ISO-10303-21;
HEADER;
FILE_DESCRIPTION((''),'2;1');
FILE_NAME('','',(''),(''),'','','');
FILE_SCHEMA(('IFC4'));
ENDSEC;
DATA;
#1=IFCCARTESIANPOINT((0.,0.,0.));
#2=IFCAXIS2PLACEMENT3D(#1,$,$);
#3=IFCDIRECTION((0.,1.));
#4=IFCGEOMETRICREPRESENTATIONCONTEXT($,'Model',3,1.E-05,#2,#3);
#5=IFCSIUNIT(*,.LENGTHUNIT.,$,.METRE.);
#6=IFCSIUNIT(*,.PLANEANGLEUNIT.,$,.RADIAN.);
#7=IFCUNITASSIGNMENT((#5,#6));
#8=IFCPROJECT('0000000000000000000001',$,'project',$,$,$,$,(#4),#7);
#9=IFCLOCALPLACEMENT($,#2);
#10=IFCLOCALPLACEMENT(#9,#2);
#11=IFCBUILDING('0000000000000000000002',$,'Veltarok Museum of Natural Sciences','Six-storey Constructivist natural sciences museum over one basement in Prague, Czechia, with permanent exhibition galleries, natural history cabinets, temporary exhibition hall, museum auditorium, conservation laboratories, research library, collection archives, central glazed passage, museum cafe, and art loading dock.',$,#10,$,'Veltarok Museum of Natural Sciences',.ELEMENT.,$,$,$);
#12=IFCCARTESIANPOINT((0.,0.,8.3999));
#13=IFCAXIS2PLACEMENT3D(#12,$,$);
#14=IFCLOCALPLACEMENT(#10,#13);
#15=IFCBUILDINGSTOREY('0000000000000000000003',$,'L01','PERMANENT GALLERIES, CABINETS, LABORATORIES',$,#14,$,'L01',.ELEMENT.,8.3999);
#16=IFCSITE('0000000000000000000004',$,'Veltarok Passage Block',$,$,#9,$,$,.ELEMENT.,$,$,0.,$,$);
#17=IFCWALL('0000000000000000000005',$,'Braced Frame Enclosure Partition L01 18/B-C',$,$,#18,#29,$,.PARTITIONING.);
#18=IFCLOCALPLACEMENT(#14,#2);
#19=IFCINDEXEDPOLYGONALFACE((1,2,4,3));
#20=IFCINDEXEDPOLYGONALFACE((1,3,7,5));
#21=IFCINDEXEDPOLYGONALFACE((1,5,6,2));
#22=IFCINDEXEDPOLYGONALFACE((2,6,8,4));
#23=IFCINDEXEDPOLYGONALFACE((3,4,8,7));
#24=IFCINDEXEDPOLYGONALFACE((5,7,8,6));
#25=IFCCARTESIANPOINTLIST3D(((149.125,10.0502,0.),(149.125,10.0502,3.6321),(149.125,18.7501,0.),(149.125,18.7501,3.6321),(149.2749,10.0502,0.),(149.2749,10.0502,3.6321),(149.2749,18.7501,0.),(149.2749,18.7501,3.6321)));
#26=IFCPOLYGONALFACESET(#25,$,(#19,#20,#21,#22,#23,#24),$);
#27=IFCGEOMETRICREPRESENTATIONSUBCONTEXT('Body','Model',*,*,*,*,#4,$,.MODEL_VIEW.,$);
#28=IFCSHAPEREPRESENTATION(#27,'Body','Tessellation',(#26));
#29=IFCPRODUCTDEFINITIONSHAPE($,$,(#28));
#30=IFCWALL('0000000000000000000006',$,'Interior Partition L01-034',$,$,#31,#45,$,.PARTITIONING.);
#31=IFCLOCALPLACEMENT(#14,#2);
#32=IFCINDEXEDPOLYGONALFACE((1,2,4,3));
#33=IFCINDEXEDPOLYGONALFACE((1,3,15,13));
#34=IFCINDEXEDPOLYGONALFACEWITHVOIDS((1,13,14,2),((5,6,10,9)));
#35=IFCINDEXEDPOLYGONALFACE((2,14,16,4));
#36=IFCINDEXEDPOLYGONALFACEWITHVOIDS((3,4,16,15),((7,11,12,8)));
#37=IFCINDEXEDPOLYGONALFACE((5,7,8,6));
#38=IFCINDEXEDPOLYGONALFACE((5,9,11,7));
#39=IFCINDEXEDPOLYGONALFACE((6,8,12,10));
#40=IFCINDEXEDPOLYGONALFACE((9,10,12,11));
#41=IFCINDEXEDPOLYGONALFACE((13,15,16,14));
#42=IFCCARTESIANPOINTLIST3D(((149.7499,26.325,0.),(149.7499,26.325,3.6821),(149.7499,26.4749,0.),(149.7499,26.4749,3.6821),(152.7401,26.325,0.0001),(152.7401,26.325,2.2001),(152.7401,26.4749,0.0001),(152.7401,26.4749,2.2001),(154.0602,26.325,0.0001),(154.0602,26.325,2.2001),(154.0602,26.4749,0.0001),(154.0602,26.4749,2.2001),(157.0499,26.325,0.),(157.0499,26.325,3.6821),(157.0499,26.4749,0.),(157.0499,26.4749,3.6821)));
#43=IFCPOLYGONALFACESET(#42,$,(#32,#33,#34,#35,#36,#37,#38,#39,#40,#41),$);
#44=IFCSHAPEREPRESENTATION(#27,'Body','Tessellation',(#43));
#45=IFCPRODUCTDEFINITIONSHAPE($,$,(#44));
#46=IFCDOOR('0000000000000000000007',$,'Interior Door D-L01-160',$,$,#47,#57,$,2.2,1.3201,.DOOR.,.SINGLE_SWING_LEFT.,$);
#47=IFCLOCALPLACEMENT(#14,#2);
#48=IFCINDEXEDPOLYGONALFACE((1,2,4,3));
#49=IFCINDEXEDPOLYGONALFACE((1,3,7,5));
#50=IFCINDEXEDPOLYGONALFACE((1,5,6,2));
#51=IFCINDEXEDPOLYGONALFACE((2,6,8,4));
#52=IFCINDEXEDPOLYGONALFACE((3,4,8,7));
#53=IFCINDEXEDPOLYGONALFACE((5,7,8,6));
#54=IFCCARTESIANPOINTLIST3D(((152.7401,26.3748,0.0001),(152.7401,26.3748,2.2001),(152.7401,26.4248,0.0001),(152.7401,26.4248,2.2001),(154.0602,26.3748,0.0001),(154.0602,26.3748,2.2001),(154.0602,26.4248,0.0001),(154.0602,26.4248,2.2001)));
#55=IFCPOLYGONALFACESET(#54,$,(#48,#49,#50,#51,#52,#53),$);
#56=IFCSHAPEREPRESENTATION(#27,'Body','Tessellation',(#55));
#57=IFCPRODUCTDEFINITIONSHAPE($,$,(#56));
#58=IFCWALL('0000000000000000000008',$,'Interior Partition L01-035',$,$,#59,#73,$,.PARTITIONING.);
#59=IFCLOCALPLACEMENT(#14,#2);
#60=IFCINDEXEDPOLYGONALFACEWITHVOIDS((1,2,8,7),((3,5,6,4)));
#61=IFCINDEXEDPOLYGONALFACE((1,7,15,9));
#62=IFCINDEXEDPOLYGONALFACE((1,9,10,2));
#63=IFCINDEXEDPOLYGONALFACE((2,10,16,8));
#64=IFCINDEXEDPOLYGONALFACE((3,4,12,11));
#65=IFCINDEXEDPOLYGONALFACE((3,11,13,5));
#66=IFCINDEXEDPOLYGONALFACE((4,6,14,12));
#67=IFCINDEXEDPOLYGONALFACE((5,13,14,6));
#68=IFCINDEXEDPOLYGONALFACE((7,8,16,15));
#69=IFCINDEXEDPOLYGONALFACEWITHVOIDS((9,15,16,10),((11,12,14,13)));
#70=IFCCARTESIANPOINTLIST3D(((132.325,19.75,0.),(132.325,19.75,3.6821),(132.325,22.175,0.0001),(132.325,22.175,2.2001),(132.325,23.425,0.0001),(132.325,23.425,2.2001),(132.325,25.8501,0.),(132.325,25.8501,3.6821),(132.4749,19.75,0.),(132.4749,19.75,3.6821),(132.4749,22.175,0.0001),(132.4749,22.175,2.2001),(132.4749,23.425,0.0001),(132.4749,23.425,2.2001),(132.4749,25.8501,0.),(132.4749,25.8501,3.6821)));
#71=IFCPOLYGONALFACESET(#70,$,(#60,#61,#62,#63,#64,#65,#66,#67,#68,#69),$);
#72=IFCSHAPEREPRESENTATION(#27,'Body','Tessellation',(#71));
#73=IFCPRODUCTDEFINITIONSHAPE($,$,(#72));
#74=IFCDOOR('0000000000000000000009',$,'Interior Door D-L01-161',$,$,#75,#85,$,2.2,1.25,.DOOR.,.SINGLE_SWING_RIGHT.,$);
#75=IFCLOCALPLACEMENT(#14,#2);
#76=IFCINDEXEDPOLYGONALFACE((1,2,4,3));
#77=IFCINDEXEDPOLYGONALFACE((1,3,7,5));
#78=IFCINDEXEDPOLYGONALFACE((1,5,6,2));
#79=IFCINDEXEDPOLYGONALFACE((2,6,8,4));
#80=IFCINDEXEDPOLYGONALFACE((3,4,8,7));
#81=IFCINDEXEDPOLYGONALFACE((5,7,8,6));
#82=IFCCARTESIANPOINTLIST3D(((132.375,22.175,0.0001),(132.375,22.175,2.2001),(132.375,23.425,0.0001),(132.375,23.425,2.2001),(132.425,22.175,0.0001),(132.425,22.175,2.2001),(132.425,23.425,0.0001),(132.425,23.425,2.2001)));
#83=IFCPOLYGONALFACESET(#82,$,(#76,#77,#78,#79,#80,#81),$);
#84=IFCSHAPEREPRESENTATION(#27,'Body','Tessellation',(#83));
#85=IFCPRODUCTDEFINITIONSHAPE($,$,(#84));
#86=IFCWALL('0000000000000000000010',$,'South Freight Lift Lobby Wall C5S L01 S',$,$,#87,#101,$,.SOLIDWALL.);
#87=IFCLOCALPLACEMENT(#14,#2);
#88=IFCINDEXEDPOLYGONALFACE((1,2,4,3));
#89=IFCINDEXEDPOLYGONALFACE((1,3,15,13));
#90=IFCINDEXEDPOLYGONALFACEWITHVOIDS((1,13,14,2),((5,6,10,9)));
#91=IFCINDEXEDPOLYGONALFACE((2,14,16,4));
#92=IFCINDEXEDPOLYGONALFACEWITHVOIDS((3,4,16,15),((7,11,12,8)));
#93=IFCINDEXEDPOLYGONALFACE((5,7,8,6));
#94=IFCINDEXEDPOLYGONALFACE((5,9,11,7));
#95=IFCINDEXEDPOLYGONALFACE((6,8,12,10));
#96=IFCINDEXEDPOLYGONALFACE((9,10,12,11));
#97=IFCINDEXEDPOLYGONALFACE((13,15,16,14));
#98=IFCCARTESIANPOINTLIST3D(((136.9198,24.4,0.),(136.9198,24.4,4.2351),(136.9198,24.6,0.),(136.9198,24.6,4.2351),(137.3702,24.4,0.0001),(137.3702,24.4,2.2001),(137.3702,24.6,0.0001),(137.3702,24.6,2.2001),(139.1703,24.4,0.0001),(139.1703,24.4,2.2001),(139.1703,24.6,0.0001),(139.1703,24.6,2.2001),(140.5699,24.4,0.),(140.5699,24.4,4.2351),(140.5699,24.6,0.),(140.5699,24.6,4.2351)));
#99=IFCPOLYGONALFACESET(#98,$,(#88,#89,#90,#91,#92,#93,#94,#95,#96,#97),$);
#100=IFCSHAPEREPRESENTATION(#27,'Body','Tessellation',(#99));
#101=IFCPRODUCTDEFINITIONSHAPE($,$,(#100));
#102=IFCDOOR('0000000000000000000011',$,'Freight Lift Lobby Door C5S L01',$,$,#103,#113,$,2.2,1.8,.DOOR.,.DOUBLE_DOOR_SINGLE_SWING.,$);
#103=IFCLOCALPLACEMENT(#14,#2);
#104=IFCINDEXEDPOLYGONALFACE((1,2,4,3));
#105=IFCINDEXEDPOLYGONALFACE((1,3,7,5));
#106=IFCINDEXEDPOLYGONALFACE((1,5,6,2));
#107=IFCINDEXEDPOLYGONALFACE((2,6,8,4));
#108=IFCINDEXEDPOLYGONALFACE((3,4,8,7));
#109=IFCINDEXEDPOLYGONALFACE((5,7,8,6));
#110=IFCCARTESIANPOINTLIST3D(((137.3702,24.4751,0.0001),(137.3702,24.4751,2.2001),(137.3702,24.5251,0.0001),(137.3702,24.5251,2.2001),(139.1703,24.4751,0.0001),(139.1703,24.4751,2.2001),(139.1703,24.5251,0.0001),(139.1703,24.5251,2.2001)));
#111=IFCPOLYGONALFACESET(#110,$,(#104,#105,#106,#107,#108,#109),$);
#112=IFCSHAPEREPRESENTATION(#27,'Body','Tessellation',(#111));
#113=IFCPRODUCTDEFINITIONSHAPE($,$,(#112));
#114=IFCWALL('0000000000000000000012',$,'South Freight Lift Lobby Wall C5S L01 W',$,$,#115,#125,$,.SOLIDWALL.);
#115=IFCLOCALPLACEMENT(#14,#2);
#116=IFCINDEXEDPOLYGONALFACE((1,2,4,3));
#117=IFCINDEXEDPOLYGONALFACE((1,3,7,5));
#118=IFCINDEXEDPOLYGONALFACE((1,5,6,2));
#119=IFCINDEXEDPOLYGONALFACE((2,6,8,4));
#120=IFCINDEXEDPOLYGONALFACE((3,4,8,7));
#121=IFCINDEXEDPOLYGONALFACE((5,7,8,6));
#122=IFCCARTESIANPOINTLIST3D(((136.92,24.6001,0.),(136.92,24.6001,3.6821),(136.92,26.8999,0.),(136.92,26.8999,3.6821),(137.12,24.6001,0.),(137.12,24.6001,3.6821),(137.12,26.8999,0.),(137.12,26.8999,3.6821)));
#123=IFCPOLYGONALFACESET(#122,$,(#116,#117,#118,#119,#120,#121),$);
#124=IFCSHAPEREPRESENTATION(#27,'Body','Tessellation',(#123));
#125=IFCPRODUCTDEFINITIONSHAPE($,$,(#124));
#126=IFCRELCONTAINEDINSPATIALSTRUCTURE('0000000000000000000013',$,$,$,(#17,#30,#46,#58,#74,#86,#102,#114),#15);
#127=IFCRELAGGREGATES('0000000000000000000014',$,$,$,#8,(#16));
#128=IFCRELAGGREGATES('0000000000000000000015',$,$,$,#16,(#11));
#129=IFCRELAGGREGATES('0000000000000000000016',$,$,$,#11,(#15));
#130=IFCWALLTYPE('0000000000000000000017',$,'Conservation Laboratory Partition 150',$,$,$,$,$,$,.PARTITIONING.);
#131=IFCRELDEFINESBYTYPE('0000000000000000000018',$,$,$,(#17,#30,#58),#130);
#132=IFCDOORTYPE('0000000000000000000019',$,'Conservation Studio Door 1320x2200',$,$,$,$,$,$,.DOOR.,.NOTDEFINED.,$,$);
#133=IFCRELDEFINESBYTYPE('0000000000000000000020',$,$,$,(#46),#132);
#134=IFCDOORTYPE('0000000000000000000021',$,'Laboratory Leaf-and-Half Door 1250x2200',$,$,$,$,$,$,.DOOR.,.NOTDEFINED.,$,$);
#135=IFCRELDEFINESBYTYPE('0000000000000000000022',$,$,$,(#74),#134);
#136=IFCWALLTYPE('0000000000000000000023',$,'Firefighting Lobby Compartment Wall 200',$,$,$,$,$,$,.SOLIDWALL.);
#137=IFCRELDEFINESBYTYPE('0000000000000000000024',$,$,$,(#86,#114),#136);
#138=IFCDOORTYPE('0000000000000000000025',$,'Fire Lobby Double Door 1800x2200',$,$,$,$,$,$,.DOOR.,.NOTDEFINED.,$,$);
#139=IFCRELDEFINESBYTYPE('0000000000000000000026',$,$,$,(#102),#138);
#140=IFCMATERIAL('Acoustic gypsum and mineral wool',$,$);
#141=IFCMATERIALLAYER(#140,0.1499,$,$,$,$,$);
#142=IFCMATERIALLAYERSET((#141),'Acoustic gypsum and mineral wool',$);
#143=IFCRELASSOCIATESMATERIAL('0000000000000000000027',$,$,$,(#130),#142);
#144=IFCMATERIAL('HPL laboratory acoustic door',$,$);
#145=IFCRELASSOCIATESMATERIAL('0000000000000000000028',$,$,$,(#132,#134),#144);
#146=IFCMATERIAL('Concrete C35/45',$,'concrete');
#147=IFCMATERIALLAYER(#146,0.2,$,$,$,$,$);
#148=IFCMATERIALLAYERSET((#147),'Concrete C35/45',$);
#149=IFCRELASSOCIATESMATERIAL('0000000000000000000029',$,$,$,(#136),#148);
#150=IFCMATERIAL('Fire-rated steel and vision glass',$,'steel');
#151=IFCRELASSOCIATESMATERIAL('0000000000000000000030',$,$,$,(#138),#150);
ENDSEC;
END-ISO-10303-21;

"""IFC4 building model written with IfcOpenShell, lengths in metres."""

from ifc_helpers import new_model, si_unit, direction, frame, frame_2d, origin, place, context, subcontext, project, spatial, rectangle, extrude, material, layer, layer_set, type_object, element, fill, save


model = new_model("IFC4")

# Units and contexts
model_context = context("Model", 3, precision=1e-05, world=origin(), true_north=direction((0.0, 1.0)))
body_context = subcontext(model_context, "Body", "Model", "MODEL_VIEW")
ifc_project = project(units=[si_unit("LENGTHUNIT", "METRE"), si_unit("PLANEANGLEUNIT", "RADIAN")], contexts=[model_context])

# Site, building, storey
site_placement = place(None, origin())
site = spatial("IfcSite", under=ifc_project, at=site_placement, Name="Veltarok Passage Block", CompositionType="ELEMENT", RefElevation=0.0)
building_placement = place(site_placement, origin())
building = spatial("IfcBuilding", under=site, at=building_placement, Name="Veltarok Museum of Natural Sciences", Description="Six-storey Constructivist natural sciences museum over one basement in Prague, Czechia, with permanent exhibition galleries, natural history cabinets, temporary exhibition hall, museum auditorium, conservation laboratories, research library, collection archives, central glazed passage, museum cafe, and art loading dock.", LongName="Veltarok Museum of Natural Sciences", CompositionType="ELEMENT")
storey_placement = place(building_placement, frame((0.0, 0.0, 8.3999)))
storey = spatial("IfcBuildingStorey", under=building, at=storey_placement, Name="L01", Description="PERMANENT GALLERIES, CABINETS, LABORATORIES", LongName="L01", CompositionType="ELEMENT", Elevation=8.3999)

# Wall
ifc_material_1 = material(Name="Acoustic gypsum and mineral wool")
ifc_layer_1 = layer(ifc_material_1, 0.1499)
ifc_layer_set_1 = layer_set([ifc_layer_1], Name="Acoustic gypsum and mineral wool")
wall_type_1 = type_object("IfcWallType", Name="Conservation Laboratory Partition 150", PredefinedType="PARTITIONING", material=ifc_layer_set_1)
wall_1_placement = place(storey_placement, frame((149.2, 10.05, 0.0), z_axis=(0.0, 0.0, 1.0), x_axis=(0.0, 1.0, 0.0)))
element("IfcWall", 1, at=wall_1_placement, inside=storey, type_object=wall_type_1, Name="Braced Frame Enclosure Partition L01 18/B-C", PredefinedType="PARTITIONING", context=body_context, shape_type="SweptSolid", body=[
    extrude(rectangle(XDim=8.7, YDim=0.1499, at=frame_2d((4.3501, 0.0))), origin(), (0.0, 0.0, 1.0), 3.6321),
])

# Walls, openings, doors
wall_2_placement = place(storey_placement, frame((149.75, 26.3999, 0.0), z_axis=(0.0, 0.0, 1.0), x_axis=(1.0, 0.0, 0.0)))
wall_2 = element("IfcWall", 2, at=wall_2_placement, inside=storey, type_object=wall_type_1, Name="Interior Partition L01-034", PredefinedType="PARTITIONING", context=body_context, shape_type="SweptSolid", body=[
    extrude(rectangle(XDim=7.3, YDim=0.1499, at=frame_2d((3.6499, 0.0))), origin(), (0.0, 0.0, 1.0), 3.6821),
])
opening_1_placement = place(wall_2_placement, frame((2.99, 0.0, 0.0)))
opening_1 = element("IfcOpeningElement", 3, at=opening_1_placement, cuts=wall_2, PredefinedType="OPENING", context=body_context, shape_type="SweptSolid", body=[
    extrude(rectangle(XDim=1.3201, YDim=2.2, at=frame_2d((0.6602, 1.1001))), frame((0.0, 0.085, 0.0), z_axis=(0.0, -1.0, 0.0), x_axis=(1.0, 0.0, 0.0)), (0.0, 0.0, 1.0), 0.1699),
])
ifc_material_2 = material(Name="HPL laboratory acoustic door")
door_type_1 = type_object("IfcDoorType", Name="Conservation Studio Door 1320x2200", OperationType="NOTDEFINED", PredefinedType="DOOR", material=ifc_material_2)
door_1_placement = place(opening_1_placement, origin())
door_1 = element("IfcDoor", 4, at=door_1_placement, inside=storey, type_object=door_type_1, Name="Interior Door D-L01-160", OperationType="SINGLE_SWING_LEFT", OverallHeight=2.2, OverallWidth=1.3201, PredefinedType="DOOR", context=body_context, shape_type="SweptSolid", body=[
    extrude(rectangle(XDim=1.3201, YDim=2.2, at=frame_2d((0.6602, 1.1001))), frame((0.0, 0.0249, 0.0), z_axis=(0.0, -1.0, 0.0), x_axis=(1.0, 0.0, 0.0)), (0.0, 0.0, 1.0), 0.05),
])
fill(opening_1, door_1)
wall_3_placement = place(storey_placement, frame((132.3999, 19.75, 0.0), z_axis=(0.0, 0.0, 1.0), x_axis=(0.0, 1.0, 0.0)))
wall_3 = element("IfcWall", 5, at=wall_3_placement, inside=storey, type_object=wall_type_1, Name="Interior Partition L01-035", PredefinedType="PARTITIONING", context=body_context, shape_type="SweptSolid", body=[
    extrude(rectangle(XDim=6.1001, YDim=0.1499, at=frame_2d((3.05, 0.0))), origin(), (0.0, 0.0, 1.0), 3.6821),
])
opening_2_placement = place(wall_3_placement, frame((2.425, 0.0, 0.0)))
opening_2 = element("IfcOpeningElement", 6, at=opening_2_placement, cuts=wall_3, PredefinedType="OPENING", context=body_context, shape_type="SweptSolid", body=[
    extrude(rectangle(XDim=1.25, YDim=2.2, at=frame_2d((0.625, 1.1001))), frame((0.0, 0.085, 0.0), z_axis=(0.0, -1.0, 0.0), x_axis=(1.0, 0.0, 0.0)), (0.0, 0.0, 1.0), 0.1699),
])
door_type_2 = type_object("IfcDoorType", Name="Laboratory Leaf-and-Half Door 1250x2200", OperationType="NOTDEFINED", PredefinedType="DOOR", material=ifc_material_2)
door_2_placement = place(opening_2_placement, origin())
door_2 = element("IfcDoor", 7, at=door_2_placement, inside=storey, type_object=door_type_2, Name="Interior Door D-L01-161", OperationType="SINGLE_SWING_RIGHT", OverallHeight=2.2, OverallWidth=1.25, PredefinedType="DOOR", context=body_context, shape_type="SweptSolid", body=[
    extrude(rectangle(XDim=1.25, YDim=2.2, at=frame_2d((0.625, 1.1001))), frame((0.0, 0.0249, 0.0), z_axis=(0.0, -1.0, 0.0), x_axis=(1.0, 0.0, 0.0)), (0.0, 0.0, 1.0), 0.05),
])
fill(opening_2, door_2)
ifc_material_3 = material(Name="Concrete C35/45", Category="concrete")
ifc_layer_2 = layer(ifc_material_3, 0.2)
ifc_layer_set_2 = layer_set([ifc_layer_2], Name="Concrete C35/45")
wall_type_2 = type_object("IfcWallType", Name="Firefighting Lobby Compartment Wall 200", PredefinedType="SOLIDWALL", material=ifc_layer_set_2)
wall_4_placement = place(storey_placement, frame((140.5701, 24.5, 0.0), z_axis=(0.0, 0.0, 1.0), x_axis=(-1.0, 0.0, 0.0)))
wall_4 = element("IfcWall", 8, at=wall_4_placement, inside=storey, type_object=wall_type_2, Name="South Freight Lift Lobby Wall C5S L01 S", PredefinedType="SOLIDWALL", context=body_context, shape_type="SweptSolid", body=[
    extrude(rectangle(XDim=3.6501, YDim=0.2, at=frame_2d((1.8252, 0.0))), origin(), (0.0, 0.0, 1.0), 4.2351),
])
opening_3_placement = place(wall_4_placement, frame((1.3999, 0.0, 0.0)))
opening_3 = element("IfcOpeningElement", 9, at=opening_3_placement, cuts=wall_4, PredefinedType="OPENING", context=body_context, shape_type="SweptSolid", body=[
    extrude(rectangle(XDim=1.8, YDim=2.2, at=frame_2d((0.8999, 1.1001))), frame((0.0, 0.1099, 0.0), z_axis=(0.0, -1.0, 0.0), x_axis=(1.0, 0.0, 0.0)), (0.0, 0.0, 1.0), 0.22),
])
ifc_material_4 = material(Name="Fire-rated steel and vision glass", Category="steel")
door_type_3 = type_object("IfcDoorType", Name="Fire Lobby Double Door 1800x2200", OperationType="NOTDEFINED", PredefinedType="DOOR", material=ifc_material_4)
door_3_placement = place(opening_3_placement, origin())
door_3 = element("IfcDoor", 10, at=door_3_placement, inside=storey, type_object=door_type_3, Name="Freight Lift Lobby Door C5S L01", OperationType="DOUBLE_DOOR_SINGLE_SWING", OverallHeight=2.2, OverallWidth=1.8, PredefinedType="DOOR", context=body_context, shape_type="SweptSolid", body=[
    extrude(rectangle(XDim=1.8, YDim=2.2, at=frame_2d((0.8999, 1.1001))), frame((0.0, 0.0249, 0.0), z_axis=(0.0, -1.0, 0.0), x_axis=(1.0, 0.0, 0.0)), (0.0, 0.0, 1.0), 0.05),
])
fill(opening_3, door_3)

# Wall
wall_5_placement = place(storey_placement, frame((137.02, 24.6001, 0.0), z_axis=(0.0, 0.0, 1.0), x_axis=(0.0, 1.0, 0.0)))
element("IfcWall", 11, at=wall_5_placement, inside=storey, type_object=wall_type_2, Name="South Freight Lift Lobby Wall C5S L01 W", PredefinedType="SOLIDWALL", context=body_context, shape_type="SweptSolid", body=[
    extrude(rectangle(XDim=2.2998, YDim=0.2, at=frame_2d((1.1499, 0.0))), origin(), (0.0, 0.0, 1.0), 3.6821),
])

save(model, "model.ifc")
